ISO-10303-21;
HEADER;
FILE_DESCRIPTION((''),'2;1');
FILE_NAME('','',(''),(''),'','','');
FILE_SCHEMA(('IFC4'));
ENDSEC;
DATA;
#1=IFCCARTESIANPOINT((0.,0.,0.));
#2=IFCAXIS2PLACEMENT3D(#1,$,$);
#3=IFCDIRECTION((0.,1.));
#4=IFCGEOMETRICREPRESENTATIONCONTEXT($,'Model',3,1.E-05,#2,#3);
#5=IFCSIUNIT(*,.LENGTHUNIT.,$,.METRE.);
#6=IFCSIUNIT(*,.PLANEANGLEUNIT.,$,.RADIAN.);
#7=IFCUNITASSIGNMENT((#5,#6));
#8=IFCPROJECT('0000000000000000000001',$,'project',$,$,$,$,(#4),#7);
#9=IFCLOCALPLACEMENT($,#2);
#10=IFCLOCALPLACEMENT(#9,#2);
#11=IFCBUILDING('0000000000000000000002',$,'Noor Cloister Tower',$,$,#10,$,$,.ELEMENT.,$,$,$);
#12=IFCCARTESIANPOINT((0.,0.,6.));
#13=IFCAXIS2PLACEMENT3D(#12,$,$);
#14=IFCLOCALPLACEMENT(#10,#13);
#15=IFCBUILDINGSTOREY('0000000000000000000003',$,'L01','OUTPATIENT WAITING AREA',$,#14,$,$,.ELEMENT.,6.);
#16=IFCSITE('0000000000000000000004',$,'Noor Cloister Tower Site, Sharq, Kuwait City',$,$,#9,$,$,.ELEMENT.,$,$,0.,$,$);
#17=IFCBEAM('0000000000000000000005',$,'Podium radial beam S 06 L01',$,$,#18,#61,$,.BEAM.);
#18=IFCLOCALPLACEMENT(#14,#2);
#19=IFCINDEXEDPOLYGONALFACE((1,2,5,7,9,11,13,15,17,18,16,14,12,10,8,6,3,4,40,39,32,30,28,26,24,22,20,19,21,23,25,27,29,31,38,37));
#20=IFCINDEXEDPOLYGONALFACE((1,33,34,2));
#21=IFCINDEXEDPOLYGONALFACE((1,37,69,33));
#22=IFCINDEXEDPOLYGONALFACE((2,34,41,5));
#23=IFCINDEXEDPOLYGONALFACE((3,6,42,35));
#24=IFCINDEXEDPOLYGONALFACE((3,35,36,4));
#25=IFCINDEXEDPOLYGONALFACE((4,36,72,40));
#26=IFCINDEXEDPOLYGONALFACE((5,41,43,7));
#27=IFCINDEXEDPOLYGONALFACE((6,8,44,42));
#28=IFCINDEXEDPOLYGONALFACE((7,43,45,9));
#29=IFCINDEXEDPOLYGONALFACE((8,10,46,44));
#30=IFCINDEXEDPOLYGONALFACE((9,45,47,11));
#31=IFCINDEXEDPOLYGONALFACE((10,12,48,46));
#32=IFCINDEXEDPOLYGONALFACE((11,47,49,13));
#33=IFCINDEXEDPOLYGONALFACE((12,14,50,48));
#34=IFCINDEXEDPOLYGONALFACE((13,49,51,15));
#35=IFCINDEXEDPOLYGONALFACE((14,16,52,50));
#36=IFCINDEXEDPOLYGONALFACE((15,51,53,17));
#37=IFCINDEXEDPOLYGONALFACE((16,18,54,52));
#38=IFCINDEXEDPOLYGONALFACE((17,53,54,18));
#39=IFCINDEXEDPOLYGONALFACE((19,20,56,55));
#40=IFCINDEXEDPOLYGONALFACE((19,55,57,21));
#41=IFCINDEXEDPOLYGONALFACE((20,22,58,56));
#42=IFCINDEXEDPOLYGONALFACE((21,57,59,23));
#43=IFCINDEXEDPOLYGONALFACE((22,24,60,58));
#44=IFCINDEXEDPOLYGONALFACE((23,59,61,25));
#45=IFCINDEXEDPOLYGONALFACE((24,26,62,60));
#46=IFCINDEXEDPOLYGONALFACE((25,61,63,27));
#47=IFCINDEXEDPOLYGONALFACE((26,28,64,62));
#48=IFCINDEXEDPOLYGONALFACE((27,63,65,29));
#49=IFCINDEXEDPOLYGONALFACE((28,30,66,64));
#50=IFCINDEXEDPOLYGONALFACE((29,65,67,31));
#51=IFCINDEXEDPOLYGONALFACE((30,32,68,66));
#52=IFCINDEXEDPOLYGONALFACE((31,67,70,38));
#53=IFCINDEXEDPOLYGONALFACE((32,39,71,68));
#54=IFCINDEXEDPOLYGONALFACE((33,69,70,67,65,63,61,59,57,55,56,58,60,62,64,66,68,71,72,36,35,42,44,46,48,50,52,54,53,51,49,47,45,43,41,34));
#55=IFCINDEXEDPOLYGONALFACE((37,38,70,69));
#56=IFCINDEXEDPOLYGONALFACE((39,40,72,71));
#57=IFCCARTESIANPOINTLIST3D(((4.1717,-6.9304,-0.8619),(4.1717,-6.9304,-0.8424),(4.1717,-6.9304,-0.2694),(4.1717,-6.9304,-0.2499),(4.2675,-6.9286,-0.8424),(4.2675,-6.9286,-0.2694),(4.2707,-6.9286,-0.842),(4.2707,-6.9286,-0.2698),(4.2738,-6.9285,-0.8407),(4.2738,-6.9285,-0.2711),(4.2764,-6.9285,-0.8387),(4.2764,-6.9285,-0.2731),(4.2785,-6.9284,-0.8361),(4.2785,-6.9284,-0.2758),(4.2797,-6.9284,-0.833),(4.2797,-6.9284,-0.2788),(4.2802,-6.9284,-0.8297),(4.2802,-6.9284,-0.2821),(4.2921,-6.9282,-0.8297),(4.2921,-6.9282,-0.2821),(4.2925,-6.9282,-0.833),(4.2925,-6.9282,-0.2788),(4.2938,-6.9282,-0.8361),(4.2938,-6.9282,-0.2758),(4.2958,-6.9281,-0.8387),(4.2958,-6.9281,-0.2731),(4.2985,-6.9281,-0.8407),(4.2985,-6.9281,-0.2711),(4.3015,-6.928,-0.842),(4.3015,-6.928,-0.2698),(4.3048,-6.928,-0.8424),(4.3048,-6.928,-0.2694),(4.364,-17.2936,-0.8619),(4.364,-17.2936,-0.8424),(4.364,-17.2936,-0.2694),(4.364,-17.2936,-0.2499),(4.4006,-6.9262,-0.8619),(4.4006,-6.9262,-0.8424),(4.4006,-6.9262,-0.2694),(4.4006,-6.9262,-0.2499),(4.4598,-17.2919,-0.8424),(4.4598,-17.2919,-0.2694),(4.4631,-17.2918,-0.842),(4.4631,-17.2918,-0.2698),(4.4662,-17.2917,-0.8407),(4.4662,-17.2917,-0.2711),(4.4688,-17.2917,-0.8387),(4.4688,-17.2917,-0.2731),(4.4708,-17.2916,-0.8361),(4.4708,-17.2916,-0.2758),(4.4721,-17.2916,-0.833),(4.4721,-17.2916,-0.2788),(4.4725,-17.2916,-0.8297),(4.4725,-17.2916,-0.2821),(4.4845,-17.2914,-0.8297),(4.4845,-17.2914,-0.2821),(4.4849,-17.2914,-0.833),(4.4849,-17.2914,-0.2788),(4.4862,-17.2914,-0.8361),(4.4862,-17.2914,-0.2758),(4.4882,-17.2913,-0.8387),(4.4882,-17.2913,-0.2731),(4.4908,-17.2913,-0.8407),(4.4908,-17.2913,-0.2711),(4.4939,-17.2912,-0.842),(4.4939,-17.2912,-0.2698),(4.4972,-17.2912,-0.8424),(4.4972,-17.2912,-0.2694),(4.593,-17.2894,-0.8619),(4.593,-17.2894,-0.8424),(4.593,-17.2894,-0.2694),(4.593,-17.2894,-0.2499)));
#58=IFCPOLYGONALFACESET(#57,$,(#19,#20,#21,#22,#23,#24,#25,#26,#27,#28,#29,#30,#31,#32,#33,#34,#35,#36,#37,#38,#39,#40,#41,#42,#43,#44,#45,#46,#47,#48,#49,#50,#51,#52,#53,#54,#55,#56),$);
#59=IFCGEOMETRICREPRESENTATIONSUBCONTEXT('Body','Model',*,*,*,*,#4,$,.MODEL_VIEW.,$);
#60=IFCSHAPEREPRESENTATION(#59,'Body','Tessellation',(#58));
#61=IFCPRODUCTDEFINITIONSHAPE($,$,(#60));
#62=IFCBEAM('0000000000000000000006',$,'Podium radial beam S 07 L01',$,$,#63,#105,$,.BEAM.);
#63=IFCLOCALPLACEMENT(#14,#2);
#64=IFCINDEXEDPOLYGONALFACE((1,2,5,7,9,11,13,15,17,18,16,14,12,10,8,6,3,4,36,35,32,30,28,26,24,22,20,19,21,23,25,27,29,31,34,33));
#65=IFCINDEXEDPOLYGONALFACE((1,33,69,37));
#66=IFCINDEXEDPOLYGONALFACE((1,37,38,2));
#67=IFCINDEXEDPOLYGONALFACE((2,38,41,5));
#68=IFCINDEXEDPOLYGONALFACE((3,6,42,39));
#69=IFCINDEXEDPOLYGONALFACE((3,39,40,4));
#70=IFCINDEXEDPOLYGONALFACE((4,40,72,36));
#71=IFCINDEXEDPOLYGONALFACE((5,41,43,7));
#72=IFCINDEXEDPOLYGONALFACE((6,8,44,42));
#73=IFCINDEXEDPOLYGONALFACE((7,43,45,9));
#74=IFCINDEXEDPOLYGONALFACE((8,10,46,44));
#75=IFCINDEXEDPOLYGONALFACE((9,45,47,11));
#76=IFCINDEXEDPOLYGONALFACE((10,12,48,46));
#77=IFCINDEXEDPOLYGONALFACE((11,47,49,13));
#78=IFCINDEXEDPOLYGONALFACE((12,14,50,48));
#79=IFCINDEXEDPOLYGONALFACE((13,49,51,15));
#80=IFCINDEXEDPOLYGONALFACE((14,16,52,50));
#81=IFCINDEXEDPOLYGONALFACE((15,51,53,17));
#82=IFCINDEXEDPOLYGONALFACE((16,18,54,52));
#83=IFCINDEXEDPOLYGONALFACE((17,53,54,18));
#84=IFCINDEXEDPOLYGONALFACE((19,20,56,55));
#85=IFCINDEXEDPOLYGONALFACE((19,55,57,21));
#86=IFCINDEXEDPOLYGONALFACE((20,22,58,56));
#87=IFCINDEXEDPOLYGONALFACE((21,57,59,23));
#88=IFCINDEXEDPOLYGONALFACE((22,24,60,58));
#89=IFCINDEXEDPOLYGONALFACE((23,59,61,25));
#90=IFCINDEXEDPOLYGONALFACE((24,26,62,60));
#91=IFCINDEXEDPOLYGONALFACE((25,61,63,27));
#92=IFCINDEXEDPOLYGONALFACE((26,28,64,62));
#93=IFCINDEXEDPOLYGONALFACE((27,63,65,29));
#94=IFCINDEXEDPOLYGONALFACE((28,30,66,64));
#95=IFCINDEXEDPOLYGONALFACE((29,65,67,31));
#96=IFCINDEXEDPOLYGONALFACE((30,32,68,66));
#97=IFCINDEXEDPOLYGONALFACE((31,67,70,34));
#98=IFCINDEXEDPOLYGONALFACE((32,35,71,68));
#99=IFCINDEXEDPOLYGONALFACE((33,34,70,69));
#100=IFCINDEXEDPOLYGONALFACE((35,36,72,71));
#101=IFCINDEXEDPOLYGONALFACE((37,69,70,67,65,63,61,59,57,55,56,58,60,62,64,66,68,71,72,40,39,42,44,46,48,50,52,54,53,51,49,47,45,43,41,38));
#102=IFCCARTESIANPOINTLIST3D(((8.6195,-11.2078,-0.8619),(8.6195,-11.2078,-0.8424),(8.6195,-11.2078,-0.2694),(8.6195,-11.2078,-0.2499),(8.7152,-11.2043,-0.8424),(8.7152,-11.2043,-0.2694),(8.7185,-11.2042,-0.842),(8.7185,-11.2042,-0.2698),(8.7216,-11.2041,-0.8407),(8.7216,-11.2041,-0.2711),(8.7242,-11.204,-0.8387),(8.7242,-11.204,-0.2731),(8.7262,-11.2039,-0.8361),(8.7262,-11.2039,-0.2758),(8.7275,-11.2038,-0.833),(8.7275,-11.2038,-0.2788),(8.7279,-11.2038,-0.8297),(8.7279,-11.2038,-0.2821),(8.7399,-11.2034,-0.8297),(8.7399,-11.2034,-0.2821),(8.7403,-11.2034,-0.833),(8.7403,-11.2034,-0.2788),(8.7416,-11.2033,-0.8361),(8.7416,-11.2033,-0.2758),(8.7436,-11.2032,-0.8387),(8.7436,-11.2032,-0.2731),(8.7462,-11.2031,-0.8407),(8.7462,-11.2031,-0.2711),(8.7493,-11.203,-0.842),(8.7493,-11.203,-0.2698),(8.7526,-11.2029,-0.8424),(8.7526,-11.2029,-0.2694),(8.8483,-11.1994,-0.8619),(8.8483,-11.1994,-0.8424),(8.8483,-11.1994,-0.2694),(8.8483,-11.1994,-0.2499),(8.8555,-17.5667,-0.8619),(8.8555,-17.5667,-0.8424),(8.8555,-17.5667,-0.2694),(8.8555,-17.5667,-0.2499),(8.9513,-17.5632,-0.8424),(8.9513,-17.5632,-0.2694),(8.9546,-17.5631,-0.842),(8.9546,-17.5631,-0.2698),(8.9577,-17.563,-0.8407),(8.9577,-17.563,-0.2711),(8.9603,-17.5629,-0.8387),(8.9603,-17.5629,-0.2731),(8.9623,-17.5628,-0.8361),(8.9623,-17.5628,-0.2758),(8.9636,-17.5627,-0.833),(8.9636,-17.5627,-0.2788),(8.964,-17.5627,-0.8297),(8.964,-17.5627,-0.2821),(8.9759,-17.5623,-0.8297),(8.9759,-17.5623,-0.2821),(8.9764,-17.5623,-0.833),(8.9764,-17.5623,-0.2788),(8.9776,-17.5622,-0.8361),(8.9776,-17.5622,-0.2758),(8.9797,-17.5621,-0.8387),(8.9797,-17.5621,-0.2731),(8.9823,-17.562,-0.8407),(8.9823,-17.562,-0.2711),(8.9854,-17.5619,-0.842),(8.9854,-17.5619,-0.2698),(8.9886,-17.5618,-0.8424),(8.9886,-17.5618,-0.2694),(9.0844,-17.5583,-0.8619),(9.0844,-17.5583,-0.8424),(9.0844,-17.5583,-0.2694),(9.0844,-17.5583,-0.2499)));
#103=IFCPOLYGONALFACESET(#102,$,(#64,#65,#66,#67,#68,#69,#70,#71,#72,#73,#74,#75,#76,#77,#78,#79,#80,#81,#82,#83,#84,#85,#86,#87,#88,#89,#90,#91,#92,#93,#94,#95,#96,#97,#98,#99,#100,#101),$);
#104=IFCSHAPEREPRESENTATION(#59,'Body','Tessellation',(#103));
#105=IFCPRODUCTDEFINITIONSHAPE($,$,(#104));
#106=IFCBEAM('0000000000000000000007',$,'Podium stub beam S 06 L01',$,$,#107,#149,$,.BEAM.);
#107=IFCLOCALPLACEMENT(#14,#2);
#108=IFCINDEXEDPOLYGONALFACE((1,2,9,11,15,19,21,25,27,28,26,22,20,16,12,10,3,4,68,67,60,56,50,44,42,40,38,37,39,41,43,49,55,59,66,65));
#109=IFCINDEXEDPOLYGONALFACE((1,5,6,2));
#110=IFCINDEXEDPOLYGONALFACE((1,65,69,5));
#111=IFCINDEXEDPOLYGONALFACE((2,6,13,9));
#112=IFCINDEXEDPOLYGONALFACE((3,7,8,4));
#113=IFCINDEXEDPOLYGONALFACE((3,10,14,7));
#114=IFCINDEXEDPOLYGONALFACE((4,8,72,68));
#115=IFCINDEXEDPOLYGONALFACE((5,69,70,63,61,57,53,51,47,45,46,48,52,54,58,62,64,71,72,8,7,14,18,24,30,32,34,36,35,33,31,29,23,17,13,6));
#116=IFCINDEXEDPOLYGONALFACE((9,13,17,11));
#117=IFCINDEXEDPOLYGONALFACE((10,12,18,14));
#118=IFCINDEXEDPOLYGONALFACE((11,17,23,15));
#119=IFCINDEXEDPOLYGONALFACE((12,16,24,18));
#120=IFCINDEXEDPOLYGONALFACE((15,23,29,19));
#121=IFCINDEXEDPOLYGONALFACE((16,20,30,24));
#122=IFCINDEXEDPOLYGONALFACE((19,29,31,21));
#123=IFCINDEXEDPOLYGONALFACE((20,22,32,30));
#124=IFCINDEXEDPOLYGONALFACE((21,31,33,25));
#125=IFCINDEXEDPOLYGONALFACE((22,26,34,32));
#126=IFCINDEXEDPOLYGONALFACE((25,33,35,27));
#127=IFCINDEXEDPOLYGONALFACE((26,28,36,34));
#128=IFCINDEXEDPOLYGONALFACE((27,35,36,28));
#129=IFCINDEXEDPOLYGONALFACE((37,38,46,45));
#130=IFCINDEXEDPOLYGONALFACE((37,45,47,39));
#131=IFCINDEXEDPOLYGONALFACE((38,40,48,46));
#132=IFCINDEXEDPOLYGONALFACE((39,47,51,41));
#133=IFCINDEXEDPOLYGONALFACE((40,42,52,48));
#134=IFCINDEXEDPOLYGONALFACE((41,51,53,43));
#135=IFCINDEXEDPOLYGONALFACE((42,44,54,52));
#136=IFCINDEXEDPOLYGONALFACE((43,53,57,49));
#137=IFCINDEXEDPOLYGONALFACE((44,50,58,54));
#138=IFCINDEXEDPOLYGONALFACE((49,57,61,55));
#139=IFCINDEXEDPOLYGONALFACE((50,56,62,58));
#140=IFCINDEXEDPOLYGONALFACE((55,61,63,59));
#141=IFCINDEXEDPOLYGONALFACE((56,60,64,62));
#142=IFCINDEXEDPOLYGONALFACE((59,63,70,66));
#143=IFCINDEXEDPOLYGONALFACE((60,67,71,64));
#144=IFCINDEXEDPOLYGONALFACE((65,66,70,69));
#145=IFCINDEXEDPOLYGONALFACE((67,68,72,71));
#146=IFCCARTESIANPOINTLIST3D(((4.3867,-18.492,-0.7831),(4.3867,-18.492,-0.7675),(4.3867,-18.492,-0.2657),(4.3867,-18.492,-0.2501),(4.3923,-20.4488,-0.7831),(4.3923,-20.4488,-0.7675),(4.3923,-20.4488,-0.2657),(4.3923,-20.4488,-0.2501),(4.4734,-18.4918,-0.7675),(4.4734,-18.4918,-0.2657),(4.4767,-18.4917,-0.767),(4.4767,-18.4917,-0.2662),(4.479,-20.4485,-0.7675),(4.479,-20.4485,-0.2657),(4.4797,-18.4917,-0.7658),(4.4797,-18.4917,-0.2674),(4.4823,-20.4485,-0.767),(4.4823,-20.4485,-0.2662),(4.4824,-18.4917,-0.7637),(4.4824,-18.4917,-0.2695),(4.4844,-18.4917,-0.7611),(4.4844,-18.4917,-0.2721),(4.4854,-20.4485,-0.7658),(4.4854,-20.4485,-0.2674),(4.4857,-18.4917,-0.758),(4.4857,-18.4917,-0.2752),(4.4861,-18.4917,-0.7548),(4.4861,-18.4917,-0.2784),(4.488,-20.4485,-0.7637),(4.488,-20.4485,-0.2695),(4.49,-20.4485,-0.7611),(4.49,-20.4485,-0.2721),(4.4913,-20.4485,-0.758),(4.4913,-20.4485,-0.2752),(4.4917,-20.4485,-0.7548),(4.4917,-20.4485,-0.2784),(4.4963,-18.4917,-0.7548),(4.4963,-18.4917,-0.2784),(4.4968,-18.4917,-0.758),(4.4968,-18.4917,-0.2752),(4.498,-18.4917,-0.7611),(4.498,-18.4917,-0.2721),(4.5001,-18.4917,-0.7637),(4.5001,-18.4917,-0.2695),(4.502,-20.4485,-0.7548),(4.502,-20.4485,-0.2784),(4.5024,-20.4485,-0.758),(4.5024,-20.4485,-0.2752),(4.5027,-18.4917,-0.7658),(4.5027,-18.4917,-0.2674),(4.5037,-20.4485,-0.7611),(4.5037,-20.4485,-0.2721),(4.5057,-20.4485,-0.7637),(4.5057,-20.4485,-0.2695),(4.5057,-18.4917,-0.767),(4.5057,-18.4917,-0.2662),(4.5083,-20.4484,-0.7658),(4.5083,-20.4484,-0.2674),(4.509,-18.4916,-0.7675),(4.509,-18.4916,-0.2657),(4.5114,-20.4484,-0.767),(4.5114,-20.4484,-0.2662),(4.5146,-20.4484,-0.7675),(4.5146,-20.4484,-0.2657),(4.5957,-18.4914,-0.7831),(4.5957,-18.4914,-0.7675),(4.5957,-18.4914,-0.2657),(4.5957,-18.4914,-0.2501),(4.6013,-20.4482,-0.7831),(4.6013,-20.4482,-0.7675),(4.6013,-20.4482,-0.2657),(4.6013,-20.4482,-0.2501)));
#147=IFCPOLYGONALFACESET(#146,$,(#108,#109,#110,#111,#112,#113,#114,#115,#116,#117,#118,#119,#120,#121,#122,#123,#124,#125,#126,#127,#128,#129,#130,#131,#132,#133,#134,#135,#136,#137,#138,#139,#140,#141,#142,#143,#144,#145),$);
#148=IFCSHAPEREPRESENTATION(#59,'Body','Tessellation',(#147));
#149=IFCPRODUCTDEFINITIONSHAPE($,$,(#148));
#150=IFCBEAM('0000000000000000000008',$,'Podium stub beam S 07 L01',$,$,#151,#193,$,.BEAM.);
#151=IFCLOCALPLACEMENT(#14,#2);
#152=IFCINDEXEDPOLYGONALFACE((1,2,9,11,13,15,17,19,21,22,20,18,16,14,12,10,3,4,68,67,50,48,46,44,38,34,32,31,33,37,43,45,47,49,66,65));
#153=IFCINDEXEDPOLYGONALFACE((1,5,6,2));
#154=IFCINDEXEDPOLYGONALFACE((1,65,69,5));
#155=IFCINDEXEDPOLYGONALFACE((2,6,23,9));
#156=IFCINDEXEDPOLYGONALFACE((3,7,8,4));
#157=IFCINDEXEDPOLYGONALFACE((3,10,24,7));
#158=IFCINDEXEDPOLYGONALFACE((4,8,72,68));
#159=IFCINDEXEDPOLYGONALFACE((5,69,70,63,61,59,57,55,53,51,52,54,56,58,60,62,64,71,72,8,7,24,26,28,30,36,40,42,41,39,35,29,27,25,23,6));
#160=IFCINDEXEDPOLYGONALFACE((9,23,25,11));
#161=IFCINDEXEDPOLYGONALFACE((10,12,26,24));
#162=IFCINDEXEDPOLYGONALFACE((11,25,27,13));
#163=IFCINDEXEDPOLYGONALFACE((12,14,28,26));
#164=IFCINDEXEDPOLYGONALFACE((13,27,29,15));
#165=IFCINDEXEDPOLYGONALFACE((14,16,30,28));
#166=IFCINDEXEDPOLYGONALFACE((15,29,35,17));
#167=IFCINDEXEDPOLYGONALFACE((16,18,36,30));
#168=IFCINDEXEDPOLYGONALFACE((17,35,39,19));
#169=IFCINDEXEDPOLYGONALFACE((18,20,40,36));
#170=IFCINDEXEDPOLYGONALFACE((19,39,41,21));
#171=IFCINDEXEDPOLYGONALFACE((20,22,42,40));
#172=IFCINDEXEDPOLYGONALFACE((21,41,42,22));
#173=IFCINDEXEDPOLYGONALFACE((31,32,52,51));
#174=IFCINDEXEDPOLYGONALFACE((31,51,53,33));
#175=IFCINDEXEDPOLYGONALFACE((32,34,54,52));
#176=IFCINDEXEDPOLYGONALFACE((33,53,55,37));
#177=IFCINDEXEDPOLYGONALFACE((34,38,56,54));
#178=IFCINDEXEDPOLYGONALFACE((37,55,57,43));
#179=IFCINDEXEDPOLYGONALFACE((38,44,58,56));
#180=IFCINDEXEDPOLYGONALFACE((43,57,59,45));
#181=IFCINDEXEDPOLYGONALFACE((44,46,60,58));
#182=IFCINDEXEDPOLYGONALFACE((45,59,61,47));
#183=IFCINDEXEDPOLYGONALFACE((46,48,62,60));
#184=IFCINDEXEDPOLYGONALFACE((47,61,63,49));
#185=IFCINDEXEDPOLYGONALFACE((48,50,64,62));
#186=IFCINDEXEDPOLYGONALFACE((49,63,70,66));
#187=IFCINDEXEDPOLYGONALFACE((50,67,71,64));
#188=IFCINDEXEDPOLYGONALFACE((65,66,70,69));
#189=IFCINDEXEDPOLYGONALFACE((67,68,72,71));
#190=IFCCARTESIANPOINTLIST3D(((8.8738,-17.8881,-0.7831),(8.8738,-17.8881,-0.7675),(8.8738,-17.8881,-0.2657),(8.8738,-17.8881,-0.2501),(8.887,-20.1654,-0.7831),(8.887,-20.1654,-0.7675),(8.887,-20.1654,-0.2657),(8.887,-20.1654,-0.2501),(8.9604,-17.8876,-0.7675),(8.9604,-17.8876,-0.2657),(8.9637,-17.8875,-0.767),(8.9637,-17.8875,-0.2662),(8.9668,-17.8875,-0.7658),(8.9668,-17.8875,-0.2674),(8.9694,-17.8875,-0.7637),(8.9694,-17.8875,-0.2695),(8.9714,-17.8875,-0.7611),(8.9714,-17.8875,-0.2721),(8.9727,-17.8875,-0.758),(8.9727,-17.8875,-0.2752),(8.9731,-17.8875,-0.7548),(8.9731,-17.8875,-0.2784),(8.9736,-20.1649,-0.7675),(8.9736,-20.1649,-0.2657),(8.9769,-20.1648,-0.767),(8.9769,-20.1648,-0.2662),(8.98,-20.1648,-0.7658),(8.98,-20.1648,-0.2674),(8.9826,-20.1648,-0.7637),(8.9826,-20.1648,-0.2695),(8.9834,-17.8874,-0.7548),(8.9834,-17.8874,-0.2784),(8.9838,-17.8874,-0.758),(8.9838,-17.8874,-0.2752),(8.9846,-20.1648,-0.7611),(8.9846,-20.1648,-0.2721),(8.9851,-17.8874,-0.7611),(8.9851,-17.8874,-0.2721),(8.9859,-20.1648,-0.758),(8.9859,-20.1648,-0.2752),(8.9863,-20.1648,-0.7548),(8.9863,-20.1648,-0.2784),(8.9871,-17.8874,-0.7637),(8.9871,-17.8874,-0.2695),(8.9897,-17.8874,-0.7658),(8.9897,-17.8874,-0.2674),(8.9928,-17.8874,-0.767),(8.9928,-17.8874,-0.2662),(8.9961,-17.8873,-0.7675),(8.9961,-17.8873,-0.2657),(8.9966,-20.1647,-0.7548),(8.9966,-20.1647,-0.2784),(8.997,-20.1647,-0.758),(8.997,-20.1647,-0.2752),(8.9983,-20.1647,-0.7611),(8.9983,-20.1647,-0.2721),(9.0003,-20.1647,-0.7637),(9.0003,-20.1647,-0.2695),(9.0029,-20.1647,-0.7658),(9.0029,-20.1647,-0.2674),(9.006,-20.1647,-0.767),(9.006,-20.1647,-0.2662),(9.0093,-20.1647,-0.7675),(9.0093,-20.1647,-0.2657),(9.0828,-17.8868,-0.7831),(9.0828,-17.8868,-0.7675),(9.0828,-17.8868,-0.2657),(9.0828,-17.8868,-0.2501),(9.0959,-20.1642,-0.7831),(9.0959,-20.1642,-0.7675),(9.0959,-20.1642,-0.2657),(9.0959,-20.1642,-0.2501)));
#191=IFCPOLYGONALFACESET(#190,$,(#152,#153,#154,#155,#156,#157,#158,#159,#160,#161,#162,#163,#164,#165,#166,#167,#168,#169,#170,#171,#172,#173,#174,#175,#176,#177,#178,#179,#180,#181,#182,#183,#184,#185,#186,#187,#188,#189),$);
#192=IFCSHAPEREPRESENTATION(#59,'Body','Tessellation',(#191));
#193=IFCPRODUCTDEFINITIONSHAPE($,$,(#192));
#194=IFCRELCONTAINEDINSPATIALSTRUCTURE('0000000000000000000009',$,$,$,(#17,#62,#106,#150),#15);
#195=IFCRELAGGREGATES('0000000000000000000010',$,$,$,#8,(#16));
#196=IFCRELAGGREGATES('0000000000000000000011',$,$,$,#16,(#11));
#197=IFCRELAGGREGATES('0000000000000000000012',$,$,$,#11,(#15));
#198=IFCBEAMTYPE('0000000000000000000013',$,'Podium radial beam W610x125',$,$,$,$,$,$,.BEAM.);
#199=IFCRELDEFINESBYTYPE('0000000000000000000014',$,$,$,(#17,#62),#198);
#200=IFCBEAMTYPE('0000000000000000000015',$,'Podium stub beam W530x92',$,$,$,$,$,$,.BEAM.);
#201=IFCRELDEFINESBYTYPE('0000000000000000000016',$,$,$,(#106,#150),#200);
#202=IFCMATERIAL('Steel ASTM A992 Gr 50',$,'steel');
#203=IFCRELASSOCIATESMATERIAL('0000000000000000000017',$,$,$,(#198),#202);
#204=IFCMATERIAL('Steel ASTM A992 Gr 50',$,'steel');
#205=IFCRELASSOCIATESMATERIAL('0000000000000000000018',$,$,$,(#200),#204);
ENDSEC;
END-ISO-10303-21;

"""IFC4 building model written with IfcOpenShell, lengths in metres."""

from ifc_helpers import new_model, si_unit, direction, frame, origin, origin_2d, place, context, subcontext, project, spatial, i_section, extrude, material, material_profile, profile_set, type_object, element, save


model = new_model("IFC4")

# Units and contexts
model_context = context("Model", 3, precision=1e-05, world=origin(), true_north=direction((0.0, 1.0)))
body_context = subcontext(model_context, "Body", "Model", "MODEL_VIEW")
ifc_project = project(units=[si_unit("LENGTHUNIT", "METRE"), si_unit("PLANEANGLEUNIT", "RADIAN")], contexts=[model_context])

# Site, building, storey
site_placement = place(None, origin())
site = spatial("IfcSite", under=ifc_project, at=site_placement, Name="Noor Cloister Tower Site, Sharq, Kuwait City", CompositionType="ELEMENT", RefElevation=0.0)
building_placement = place(site_placement, origin())
building = spatial("IfcBuilding", under=site, at=building_placement, Name="Noor Cloister Tower", CompositionType="ELEMENT")
storey_placement = place(building_placement, frame((0.0, 0.0, 6.0)))
storey = spatial("IfcBuildingStorey", under=building, at=storey_placement, Name="L01", Description="OUTPATIENT WAITING AREA", CompositionType="ELEMENT", Elevation=6.0)

# Beams
ifc_material_1 = material(Name="Steel ASTM A992 Gr 50", Category="steel")
ifc_material_profile_1 = material_profile(ifc_material_1, i_section(OverallWidth=0.229, OverallDepth=0.6121, WebThickness=0.012, FlangeThickness=0.0195, FilletRadius=0.0127, at=origin_2d()), Name="W610x125")
ifc_profile_set_1 = profile_set([ifc_material_profile_1], Name="Steel ASTM A992 Gr 50")
beam_type_1 = type_object("IfcBeamType", Name="Podium radial beam W610x125", PredefinedType="BEAM", material=ifc_profile_set_1)
beam_1_placement = place(storey_placement, frame((4.4785, -17.2915, -0.5559), z_axis=(-0.018561, 0.999828, 0.0), x_axis=(-0.999828, -0.018561, 0.0)))
element("IfcBeam", 1, at=beam_1_placement, inside=storey, type_object=beam_type_1, Name="Podium radial beam S 06 L01", PredefinedType="BEAM", context=body_context, shape_type="SweptSolid", body=[
    extrude(i_section(OverallWidth=0.229, OverallDepth=0.6121, WebThickness=0.012, FlangeThickness=0.0195, FilletRadius=0.0127, at=origin_2d()), origin(), (0.0, 0.0, 1.0), 10.365),
])
beam_2_placement = place(storey_placement, frame((8.97, -17.5625, -0.5559), z_axis=(-0.037101, 0.999312, 0.0), x_axis=(-0.999312, -0.037101, 0.0)))
element("IfcBeam", 2, at=beam_2_placement, inside=storey, type_object=beam_type_1, Name="Podium radial beam S 07 L01", PredefinedType="BEAM", context=body_context, shape_type="SweptSolid", body=[
    extrude(i_section(OverallWidth=0.229, OverallDepth=0.6121, WebThickness=0.012, FlangeThickness=0.0195, FilletRadius=0.0127, at=origin_2d()), origin(), (0.0, 0.0, 1.0), 6.3633),
])
ifc_material_2 = material(Name="Steel ASTM A992 Gr 50", Category="steel")
ifc_material_profile_2 = material_profile(ifc_material_2, i_section(OverallWidth=0.209, OverallDepth=0.533, WebThickness=0.0103, FlangeThickness=0.0156, FilletRadius=0.0127, at=origin_2d()), Name="W530x92")
ifc_profile_set_2 = profile_set([ifc_material_profile_2], Name="Steel ASTM A992 Gr 50")
beam_type_2 = type_object("IfcBeamType", Name="Podium stub beam W530x92", PredefinedType="BEAM", material=ifc_profile_set_2)
beam_3_placement = place(storey_placement, frame((4.4912, -18.4917, -0.5166), z_axis=(0.00287, -0.999996, 0.0), x_axis=(0.999996, 0.00287, 0.0)))
element("IfcBeam", 3, at=beam_3_placement, inside=storey, type_object=beam_type_2, Name="Podium stub beam S 06 L01", PredefinedType="BEAM", context=body_context, shape_type="SweptSolid", body=[
    extrude(i_section(OverallWidth=0.209, OverallDepth=0.533, WebThickness=0.0103, FlangeThickness=0.0156, FilletRadius=0.0127, at=origin_2d()), origin(), (0.0, 0.0, 1.0), 1.9568),
])
beam_4_placement = place(storey_placement, frame((8.9783, -17.8875, -0.5166), z_axis=(0.005789, -0.999983, 0.0), x_axis=(0.999983, 0.005789, 0.0)))
element("IfcBeam", 4, at=beam_4_placement, inside=storey, type_object=beam_type_2, Name="Podium stub beam S 07 L01", PredefinedType="BEAM", context=body_context, shape_type="SweptSolid", body=[
    extrude(i_section(OverallWidth=0.209, OverallDepth=0.533, WebThickness=0.0103, FlangeThickness=0.0156, FilletRadius=0.0127, at=origin_2d()), origin(), (0.0, 0.0, 1.0), 2.2773),
])

save(model, "model.ifc")
